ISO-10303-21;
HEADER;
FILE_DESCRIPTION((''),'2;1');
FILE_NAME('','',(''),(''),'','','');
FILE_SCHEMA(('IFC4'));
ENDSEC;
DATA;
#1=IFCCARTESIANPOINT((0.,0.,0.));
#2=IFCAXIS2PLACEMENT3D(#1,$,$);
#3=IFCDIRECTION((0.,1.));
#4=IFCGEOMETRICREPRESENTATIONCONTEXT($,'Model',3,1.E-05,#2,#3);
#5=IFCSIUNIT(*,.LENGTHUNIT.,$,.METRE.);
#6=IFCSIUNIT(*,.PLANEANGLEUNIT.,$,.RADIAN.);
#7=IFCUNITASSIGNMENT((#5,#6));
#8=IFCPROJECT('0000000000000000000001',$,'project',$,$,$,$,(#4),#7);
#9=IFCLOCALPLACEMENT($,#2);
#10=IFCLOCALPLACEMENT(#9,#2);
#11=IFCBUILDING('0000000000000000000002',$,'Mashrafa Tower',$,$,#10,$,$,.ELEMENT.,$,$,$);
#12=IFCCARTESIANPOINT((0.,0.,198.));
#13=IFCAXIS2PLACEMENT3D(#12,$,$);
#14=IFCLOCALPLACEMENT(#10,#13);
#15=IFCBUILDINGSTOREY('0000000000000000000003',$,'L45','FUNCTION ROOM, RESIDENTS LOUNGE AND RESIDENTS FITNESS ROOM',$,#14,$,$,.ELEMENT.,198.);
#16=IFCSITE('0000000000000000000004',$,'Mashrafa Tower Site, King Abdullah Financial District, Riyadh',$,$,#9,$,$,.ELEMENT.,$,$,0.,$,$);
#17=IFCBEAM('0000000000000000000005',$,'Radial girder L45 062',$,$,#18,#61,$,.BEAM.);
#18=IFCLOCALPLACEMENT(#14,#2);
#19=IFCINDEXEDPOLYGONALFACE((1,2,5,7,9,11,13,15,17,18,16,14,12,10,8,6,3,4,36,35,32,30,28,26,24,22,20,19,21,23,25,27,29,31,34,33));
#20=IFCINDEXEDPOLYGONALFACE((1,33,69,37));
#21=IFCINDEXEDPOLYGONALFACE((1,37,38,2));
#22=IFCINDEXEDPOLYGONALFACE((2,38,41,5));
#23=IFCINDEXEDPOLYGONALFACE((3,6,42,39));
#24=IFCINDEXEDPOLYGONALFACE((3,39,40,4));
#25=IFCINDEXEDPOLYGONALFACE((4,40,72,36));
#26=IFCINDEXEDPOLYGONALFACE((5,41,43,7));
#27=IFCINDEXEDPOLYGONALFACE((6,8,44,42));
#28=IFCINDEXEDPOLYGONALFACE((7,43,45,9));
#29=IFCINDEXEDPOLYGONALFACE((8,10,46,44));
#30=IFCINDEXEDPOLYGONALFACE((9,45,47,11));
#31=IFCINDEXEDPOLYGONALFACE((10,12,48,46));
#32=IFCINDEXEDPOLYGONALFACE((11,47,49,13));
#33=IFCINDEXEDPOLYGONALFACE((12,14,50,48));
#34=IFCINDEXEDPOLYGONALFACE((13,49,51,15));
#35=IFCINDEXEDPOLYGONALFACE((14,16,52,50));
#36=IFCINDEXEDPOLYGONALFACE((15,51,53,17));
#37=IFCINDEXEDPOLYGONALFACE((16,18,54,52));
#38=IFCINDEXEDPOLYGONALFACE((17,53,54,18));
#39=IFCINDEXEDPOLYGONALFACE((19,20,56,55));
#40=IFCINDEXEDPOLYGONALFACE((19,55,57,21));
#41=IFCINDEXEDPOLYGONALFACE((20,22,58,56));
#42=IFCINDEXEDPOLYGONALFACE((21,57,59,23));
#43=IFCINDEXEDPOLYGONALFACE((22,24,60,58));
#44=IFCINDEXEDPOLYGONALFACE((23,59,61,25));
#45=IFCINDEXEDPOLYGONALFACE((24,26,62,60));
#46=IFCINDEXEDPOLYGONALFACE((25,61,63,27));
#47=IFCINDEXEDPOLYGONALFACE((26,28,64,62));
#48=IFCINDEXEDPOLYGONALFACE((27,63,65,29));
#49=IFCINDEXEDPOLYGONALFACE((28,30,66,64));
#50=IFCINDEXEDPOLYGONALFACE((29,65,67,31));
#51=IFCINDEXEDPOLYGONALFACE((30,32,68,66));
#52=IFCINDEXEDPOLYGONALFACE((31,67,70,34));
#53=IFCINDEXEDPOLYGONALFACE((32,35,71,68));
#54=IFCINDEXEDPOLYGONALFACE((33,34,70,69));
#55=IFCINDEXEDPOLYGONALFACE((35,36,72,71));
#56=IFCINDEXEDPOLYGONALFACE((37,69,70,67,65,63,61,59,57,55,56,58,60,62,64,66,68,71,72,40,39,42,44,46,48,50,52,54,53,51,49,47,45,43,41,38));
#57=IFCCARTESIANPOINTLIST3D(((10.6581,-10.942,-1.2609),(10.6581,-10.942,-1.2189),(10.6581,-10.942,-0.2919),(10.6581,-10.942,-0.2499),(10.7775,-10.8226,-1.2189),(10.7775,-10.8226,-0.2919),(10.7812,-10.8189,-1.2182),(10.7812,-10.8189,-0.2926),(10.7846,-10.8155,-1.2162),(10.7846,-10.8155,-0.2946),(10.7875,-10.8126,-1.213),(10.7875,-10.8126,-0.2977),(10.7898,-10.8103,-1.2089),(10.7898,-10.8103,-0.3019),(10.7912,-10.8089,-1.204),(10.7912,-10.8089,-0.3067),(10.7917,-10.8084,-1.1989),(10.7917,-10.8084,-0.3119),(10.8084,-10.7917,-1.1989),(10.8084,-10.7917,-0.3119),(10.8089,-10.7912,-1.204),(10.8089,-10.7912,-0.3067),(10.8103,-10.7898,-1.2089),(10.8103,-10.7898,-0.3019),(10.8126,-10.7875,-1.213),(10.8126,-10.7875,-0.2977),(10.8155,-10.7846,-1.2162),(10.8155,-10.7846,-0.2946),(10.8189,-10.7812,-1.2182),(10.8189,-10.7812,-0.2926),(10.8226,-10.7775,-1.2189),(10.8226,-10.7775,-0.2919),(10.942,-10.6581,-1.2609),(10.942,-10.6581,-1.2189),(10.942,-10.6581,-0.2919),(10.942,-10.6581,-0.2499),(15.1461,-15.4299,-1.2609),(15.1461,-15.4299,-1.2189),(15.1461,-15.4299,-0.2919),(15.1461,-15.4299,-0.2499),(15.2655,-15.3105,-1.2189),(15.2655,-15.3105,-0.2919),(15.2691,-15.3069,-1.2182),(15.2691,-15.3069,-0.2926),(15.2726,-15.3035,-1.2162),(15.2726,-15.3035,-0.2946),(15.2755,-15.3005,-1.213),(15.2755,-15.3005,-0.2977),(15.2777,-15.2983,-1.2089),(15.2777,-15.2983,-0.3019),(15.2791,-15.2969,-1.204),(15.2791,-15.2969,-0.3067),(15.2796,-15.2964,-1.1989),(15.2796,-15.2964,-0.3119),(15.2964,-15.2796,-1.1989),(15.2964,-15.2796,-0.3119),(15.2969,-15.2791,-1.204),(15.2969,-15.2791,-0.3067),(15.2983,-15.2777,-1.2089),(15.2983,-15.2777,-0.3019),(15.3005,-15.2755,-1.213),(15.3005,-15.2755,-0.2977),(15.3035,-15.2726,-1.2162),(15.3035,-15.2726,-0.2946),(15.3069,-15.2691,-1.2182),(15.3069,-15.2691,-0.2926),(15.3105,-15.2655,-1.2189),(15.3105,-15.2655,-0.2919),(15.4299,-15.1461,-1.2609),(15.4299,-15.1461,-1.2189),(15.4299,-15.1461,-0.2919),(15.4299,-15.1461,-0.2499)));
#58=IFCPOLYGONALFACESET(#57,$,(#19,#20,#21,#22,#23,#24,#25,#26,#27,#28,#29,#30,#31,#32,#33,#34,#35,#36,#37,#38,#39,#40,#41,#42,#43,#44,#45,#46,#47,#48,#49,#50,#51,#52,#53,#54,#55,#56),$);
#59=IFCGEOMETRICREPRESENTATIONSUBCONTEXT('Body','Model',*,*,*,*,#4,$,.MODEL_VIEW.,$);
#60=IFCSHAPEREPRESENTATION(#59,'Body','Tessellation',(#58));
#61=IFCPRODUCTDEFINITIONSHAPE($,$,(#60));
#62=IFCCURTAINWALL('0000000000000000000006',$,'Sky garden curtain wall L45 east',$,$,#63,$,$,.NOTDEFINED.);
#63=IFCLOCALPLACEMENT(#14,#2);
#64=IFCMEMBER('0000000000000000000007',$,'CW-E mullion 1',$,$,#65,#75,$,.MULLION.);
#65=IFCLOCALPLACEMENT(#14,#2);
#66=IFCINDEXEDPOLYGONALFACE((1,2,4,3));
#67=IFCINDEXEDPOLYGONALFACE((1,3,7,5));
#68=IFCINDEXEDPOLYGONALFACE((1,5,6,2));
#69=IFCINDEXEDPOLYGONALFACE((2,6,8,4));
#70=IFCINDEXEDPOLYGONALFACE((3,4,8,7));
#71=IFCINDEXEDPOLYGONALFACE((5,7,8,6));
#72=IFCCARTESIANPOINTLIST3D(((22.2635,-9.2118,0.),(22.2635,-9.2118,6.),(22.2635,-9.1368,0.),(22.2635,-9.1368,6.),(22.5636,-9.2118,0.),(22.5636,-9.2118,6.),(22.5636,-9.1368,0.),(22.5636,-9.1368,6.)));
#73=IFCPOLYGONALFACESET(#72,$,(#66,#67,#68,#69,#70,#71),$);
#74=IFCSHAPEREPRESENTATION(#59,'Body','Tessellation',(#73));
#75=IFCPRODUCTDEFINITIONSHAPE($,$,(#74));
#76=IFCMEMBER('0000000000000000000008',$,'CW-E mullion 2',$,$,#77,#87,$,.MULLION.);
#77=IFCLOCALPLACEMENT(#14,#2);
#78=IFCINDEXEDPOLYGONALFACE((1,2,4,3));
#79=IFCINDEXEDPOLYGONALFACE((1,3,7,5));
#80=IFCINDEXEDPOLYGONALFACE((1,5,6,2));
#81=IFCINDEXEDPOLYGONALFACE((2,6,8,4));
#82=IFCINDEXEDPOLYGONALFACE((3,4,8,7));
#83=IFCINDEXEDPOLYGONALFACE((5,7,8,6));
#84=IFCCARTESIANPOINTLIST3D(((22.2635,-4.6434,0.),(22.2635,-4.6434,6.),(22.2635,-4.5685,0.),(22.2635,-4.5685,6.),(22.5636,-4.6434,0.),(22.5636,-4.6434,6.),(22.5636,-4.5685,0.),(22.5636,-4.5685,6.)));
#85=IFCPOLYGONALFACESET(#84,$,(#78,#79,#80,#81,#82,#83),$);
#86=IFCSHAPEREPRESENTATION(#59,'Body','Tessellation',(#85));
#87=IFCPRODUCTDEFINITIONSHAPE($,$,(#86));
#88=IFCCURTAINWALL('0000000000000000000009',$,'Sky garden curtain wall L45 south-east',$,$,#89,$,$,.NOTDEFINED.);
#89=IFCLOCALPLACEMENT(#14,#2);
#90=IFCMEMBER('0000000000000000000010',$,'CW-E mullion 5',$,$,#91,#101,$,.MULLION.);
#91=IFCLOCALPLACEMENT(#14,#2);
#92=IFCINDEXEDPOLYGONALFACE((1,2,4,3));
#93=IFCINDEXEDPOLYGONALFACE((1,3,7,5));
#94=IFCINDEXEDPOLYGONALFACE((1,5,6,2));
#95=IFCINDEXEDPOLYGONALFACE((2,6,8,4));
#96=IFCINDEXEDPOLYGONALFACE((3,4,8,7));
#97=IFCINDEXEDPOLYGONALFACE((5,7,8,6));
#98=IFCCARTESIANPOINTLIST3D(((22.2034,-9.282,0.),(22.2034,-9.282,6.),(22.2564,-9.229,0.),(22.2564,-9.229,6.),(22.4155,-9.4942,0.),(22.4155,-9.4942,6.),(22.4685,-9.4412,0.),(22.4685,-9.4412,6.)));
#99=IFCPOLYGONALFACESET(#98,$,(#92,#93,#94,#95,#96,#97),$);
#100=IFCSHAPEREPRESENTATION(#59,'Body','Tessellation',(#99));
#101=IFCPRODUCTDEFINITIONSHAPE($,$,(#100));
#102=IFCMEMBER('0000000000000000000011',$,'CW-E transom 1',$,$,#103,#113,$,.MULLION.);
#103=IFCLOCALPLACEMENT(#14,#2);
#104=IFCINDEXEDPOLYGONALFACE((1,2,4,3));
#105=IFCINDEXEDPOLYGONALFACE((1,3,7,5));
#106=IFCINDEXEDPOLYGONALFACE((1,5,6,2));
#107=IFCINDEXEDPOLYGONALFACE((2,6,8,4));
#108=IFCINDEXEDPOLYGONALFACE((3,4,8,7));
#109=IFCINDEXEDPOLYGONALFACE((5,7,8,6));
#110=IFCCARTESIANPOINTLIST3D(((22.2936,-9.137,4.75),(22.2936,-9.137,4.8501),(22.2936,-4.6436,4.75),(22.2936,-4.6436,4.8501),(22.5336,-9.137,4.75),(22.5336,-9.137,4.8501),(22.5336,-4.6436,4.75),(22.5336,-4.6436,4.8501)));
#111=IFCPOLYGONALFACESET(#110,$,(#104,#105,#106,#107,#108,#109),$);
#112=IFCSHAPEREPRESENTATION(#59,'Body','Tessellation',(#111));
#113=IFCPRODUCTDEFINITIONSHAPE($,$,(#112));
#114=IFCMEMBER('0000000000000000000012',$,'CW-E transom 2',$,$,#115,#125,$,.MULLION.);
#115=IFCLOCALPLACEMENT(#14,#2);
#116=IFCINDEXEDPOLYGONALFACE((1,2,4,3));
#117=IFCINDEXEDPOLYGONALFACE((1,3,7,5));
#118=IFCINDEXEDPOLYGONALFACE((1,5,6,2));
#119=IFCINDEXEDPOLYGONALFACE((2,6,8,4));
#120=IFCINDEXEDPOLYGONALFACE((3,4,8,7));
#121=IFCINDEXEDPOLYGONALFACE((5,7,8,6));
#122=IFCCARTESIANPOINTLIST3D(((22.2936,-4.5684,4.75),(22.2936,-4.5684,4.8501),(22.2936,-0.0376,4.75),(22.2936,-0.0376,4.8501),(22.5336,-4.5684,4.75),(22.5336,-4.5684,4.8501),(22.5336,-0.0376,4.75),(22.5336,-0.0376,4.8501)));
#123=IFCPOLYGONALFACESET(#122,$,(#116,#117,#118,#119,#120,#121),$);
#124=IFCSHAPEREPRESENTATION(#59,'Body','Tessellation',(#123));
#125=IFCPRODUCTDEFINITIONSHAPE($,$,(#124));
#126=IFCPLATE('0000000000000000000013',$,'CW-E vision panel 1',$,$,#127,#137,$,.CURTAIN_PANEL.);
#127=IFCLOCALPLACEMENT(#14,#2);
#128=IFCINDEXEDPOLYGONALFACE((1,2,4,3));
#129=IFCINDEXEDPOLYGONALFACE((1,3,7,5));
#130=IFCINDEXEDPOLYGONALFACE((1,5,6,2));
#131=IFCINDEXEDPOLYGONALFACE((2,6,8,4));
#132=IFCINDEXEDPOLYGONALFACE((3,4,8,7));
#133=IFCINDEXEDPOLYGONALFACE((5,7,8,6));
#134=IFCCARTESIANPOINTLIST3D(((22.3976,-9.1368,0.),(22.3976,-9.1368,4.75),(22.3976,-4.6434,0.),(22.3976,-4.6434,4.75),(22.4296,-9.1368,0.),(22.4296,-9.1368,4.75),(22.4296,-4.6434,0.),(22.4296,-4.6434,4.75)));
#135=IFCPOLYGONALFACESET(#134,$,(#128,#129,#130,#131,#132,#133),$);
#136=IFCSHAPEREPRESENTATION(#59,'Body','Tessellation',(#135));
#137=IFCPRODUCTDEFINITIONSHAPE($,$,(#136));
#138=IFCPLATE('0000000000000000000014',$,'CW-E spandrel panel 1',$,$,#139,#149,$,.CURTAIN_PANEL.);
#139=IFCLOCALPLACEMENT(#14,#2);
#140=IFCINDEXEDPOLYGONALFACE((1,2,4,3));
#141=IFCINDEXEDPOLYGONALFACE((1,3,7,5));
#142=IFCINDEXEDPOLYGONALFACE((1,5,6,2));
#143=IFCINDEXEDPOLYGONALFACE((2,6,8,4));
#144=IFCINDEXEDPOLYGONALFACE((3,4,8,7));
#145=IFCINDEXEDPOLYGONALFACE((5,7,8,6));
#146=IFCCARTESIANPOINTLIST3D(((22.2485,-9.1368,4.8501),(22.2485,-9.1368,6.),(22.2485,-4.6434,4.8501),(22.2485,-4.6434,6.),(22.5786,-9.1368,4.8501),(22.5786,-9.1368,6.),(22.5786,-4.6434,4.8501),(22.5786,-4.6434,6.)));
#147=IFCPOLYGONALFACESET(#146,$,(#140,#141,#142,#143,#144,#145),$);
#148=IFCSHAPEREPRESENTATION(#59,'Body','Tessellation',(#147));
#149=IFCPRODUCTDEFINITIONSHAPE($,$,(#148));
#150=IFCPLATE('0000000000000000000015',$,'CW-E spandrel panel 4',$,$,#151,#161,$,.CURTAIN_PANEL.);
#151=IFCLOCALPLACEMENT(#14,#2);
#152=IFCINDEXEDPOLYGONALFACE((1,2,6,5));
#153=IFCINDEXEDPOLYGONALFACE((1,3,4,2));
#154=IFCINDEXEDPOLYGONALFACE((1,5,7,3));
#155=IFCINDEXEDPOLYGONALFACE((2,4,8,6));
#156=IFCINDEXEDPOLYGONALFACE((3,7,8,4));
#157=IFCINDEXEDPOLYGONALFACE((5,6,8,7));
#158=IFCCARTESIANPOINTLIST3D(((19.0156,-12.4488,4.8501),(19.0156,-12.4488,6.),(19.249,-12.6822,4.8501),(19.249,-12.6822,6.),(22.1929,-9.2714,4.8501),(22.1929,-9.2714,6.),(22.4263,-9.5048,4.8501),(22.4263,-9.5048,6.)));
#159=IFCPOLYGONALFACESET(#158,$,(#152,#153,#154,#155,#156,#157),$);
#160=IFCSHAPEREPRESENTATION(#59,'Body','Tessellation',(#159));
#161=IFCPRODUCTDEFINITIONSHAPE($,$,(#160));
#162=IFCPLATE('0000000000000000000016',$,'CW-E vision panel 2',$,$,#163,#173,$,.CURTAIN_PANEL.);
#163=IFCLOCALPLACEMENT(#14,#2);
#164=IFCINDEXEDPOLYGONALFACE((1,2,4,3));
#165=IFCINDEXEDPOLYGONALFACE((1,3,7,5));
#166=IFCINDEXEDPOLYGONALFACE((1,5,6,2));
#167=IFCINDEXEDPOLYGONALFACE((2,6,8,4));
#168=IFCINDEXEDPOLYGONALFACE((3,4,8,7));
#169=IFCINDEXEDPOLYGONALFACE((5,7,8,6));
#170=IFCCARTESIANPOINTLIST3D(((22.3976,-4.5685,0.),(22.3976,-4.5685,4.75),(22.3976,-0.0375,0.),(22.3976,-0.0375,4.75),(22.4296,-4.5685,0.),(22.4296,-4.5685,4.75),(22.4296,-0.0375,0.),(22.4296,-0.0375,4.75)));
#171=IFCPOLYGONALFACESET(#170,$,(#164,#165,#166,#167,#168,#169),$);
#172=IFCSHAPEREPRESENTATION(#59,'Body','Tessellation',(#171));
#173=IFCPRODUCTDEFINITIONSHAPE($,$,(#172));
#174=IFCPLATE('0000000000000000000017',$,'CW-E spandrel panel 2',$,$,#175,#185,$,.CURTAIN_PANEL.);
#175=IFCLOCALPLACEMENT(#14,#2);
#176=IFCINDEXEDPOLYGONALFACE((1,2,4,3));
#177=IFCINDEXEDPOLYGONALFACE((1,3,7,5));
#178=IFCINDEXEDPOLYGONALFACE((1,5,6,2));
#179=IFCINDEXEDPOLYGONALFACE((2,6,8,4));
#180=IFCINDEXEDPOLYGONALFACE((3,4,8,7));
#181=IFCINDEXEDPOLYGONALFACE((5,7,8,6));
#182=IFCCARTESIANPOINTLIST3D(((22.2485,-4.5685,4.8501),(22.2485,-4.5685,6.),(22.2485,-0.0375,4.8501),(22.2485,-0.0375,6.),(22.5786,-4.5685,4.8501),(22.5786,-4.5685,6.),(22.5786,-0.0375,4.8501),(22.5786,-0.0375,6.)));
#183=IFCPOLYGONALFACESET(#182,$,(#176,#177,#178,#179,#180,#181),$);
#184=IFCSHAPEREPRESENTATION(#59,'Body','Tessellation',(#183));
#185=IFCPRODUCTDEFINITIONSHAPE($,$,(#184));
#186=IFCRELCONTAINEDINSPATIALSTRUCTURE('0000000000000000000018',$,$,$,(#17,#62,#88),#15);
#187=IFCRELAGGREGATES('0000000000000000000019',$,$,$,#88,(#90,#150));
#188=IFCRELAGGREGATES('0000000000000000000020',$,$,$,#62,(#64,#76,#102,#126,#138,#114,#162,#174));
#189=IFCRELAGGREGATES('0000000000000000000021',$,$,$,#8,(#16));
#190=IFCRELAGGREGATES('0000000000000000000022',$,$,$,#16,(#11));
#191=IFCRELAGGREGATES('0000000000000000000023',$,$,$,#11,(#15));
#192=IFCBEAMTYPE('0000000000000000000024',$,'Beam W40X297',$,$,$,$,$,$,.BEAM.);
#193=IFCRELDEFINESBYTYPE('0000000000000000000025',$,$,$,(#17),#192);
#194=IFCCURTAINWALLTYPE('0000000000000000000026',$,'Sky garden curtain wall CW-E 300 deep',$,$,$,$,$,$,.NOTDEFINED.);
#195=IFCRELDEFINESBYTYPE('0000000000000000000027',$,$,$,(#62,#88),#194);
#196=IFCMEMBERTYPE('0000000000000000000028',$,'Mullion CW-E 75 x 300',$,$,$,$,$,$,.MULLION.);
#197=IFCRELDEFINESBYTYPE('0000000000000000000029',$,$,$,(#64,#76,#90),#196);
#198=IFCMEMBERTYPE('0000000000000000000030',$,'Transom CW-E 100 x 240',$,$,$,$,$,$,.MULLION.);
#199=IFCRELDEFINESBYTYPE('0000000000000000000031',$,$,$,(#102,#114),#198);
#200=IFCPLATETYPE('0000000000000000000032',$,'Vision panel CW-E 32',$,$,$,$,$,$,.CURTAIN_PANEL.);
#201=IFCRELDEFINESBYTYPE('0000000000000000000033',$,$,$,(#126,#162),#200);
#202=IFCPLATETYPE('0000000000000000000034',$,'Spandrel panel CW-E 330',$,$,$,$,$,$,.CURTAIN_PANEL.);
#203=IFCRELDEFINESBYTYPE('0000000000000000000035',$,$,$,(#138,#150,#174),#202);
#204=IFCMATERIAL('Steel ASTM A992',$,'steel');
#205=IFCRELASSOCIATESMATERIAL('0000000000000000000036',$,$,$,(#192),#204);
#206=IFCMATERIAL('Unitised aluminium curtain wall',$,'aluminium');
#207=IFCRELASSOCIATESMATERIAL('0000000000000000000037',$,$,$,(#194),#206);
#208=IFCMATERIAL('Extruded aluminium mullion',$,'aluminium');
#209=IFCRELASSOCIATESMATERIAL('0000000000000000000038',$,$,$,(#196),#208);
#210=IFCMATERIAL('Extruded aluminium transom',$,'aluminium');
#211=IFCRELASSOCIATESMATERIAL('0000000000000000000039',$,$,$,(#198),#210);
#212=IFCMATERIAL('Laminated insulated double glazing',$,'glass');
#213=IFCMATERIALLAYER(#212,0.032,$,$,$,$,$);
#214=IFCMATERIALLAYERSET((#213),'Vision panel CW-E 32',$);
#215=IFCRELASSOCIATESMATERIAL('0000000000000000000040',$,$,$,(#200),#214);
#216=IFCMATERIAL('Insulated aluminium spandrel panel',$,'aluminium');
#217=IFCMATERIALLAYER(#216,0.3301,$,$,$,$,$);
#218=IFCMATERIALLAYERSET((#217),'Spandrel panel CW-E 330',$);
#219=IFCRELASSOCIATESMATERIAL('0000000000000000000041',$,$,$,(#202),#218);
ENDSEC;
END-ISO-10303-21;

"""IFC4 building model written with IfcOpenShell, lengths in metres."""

from ifc_helpers import new_model, si_unit, direction, frame, origin, origin_2d, place, context, subcontext, project, spatial, rectangle, i_section, extrude, source, transform, mapped, material, layer, layer_set, material_profile, profile_set, type_object, type_shapes, element, aggregate, save


model = new_model("IFC4")

# Units and contexts
model_context = context("Model", 3, precision=1e-05, world=origin(), true_north=direction((0.0, 1.0)))
body_context = subcontext(model_context, "Body", "Model", "MODEL_VIEW")
ifc_project = project(units=[si_unit("LENGTHUNIT", "METRE"), si_unit("PLANEANGLEUNIT", "RADIAN")], contexts=[model_context])

# Site, building, storey
site_placement = place(None, origin())
site = spatial("IfcSite", under=ifc_project, at=site_placement, Name="Mashrafa Tower Site, King Abdullah Financial District, Riyadh", CompositionType="ELEMENT", RefElevation=0.0)
building_placement = place(site_placement, origin())
building = spatial("IfcBuilding", under=site, at=building_placement, Name="Mashrafa Tower", CompositionType="ELEMENT")
storey_placement = place(building_placement, frame((0.0, 0.0, 198.0)))
storey = spatial("IfcBuildingStorey", under=building, at=storey_placement, Name="L45", Description="FUNCTION ROOM, RESIDENTS LOUNGE AND RESIDENTS FITNESS ROOM", CompositionType="ELEMENT", Elevation=198.0)

# Beam
ifc_material_1 = material(Name="Steel ASTM A992", Category="steel")
ifc_material_profile_1 = material_profile(ifc_material_1, i_section(OverallWidth=0.4014, OverallDepth=1.011, WebThickness=0.0237, FlangeThickness=0.042, FilletRadius=0.02, at=origin_2d()), Name="W40X297")
ifc_profile_set_1 = profile_set([ifc_material_profile_1], Name="Steel ASTM A992")
beam_type_1 = type_object("IfcBeamType", Name="Beam W40X297", PredefinedType="BEAM", material=ifc_profile_set_1)
beam_1_placement = place(storey_placement, frame((10.8, -10.8, -0.7554), z_axis=(0.707107, -0.707107, 0.0), x_axis=(0.707107, 0.707107, 0.0)))
element("IfcBeam", 1, at=beam_1_placement, inside=storey, type_object=beam_type_1, Name="Radial girder L45 062", PredefinedType="BEAM", context=body_context, shape_type="SweptSolid", body=[
    extrude(i_section(OverallWidth=0.4014, OverallDepth=1.011, WebThickness=0.0237, FlangeThickness=0.042, FilletRadius=0.02, at=origin_2d()), origin(), (0.0, 0.0, 1.0), 6.3469),
])

# Curtain wall, members
ifc_material_2 = material(Name="Unitised aluminium curtain wall", Category="aluminium")
curtain_wall_type = type_object("IfcCurtainWallType", Name="Sky garden curtain wall CW-E 300 deep", PredefinedType="NOTDEFINED", material=ifc_material_2)
curtain_wall_1_placement = place(storey_placement, origin())
curtain_wall_1 = element("IfcCurtainWall", 2, at=curtain_wall_1_placement, inside=storey, type_object=curtain_wall_type, Name="Sky garden curtain wall L45 east", PredefinedType="NOTDEFINED")
ifc_material_3 = material(Name="Extruded aluminium mullion", Category="aluminium")
ifc_material_profile_2 = material_profile(ifc_material_3, rectangle(XDim=0.3, YDim=0.075, at=origin_2d()), Name="Mullion 75x300")
ifc_profile_set_2 = profile_set([ifc_material_profile_2], Name="Extruded aluminium mullion")
member_type_1 = type_object("IfcMemberType", Name="Mullion CW-E 75 x 300", PredefinedType="MULLION", material=ifc_profile_set_2)
shared_shape_1 = source(origin(), body_context, "Body", "SweptSolid", [
    extrude(rectangle(XDim=0.3, YDim=0.075, at=origin_2d()), origin(), (0.0, 0.0, 1.0), 6.0),
])
type_shapes(member_type_1, [shared_shape_1])
member_1_placement = place(storey_placement, frame((22.4136, -9.1743, 0.0), z_axis=(0.0, 0.0, 1.0), x_axis=(-1.0, 0.0, 0.0)))
member_1 = element("IfcMember", 3, at=member_1_placement, type_object=member_type_1, Name="CW-E mullion 1", PredefinedType="MULLION", context=body_context, shape_type="MappedRepresentation", body=[
    mapped(shared_shape_1, transform((0.0, 0.0, 0.0))),
])
member_2_placement = place(storey_placement, frame((22.4136, -4.606, 0.0), z_axis=(0.0, 0.0, 1.0), x_axis=(-1.0, 0.0, 0.0)))
member_2 = element("IfcMember", 4, at=member_2_placement, type_object=member_type_1, Name="CW-E mullion 2", PredefinedType="MULLION", context=body_context, shape_type="MappedRepresentation", body=[
    mapped(shared_shape_1, transform((0.0, 0.0, 0.0))),
])

# Curtain wall, member
curtain_wall_2_placement = place(storey_placement, origin())
curtain_wall_2 = element("IfcCurtainWall", 5, at=curtain_wall_2_placement, inside=storey, type_object=curtain_wall_type, Name="Sky garden curtain wall L45 south-east", PredefinedType="NOTDEFINED")
member_3_placement = place(storey_placement, frame((22.3359, -9.3616, 0.0), z_axis=(0.0, 0.0, 1.0), x_axis=(-0.707107, 0.707107, 0.0)))
member_3 = element("IfcMember", 6, at=member_3_placement, type_object=member_type_1, Name="CW-E mullion 5", PredefinedType="MULLION", context=body_context, shape_type="MappedRepresentation", body=[
    mapped(shared_shape_1, transform((0.0, 0.0, 0.0))),
])

# Members
ifc_material_4 = material(Name="Extruded aluminium transom", Category="aluminium")
ifc_material_profile_3 = material_profile(ifc_material_4, rectangle(XDim=0.24, YDim=0.1001, at=origin_2d()), Name="Transom 100x240")
ifc_profile_set_3 = profile_set([ifc_material_profile_3], Name="Extruded aluminium transom")
member_type_2 = type_object("IfcMemberType", Name="Transom CW-E 100 x 240", PredefinedType="MULLION", material=ifc_profile_set_3)
shared_shape_2 = source(origin(), body_context, "Body", "SweptSolid", [
    extrude(rectangle(XDim=0.24, YDim=0.1001, at=origin_2d()), origin(), (0.0, 0.0, 1.0), 4.4934),
])
member_4_placement = place(storey_placement, frame((22.4136, -9.137, 4.8), z_axis=(0.0, 1.0, 0.0), x_axis=(-1.0, 0.0, 0.0)))
member_4 = element("IfcMember", 7, at=member_4_placement, type_object=member_type_2, Name="CW-E transom 1", PredefinedType="MULLION", context=body_context, shape_type="MappedRepresentation", body=[
    mapped(shared_shape_2, transform((0.0, 0.0, 0.0))),
])
shared_shape_3 = source(origin(), body_context, "Body", "SweptSolid", [
    extrude(rectangle(XDim=0.24, YDim=0.1001, at=origin_2d()), origin(), (0.0, 0.0, 1.0), 4.5308),
])
type_shapes(member_type_2, [shared_shape_2, shared_shape_3])
member_5_placement = place(storey_placement, frame((22.4136, -4.5684, 4.8), z_axis=(0.0, 1.0, 0.0), x_axis=(-1.0, 0.0, 0.0)))
member_5 = element("IfcMember", 8, at=member_5_placement, type_object=member_type_2, Name="CW-E transom 2", PredefinedType="MULLION", context=body_context, shape_type="MappedRepresentation", body=[
    mapped(shared_shape_3, transform((0.0, 0.0, 0.0))),
])

# Plates
ifc_material_5 = material(Name="Laminated insulated double glazing", Category="glass")
ifc_layer_1 = layer(ifc_material_5, 0.032)
ifc_layer_set_1 = layer_set([ifc_layer_1], Name="Vision panel CW-E 32")
plate_type_1 = type_object("IfcPlateType", Name="Vision panel CW-E 32", PredefinedType="CURTAIN_PANEL", material=ifc_layer_set_1)
shared_shape_4 = source(origin(), body_context, "Body", "SweptSolid", [
    extrude(rectangle(XDim=4.4934, YDim=0.032, at=origin_2d()), origin(), (0.0, 0.0, 1.0), 4.75),
])
plate_1_placement = place(storey_placement, frame((22.4136, -6.8901, 0.0), z_axis=(0.0, 0.0, 1.0), x_axis=(0.0, 1.0, 0.0)))
plate_1 = element("IfcPlate", 9, at=plate_1_placement, type_object=plate_type_1, Name="CW-E vision panel 1", PredefinedType="CURTAIN_PANEL", context=body_context, shape_type="MappedRepresentation", body=[
    mapped(shared_shape_4, transform((0.0, 0.0, 0.0))),
])
ifc_material_6 = material(Name="Insulated aluminium spandrel panel", Category="aluminium")
ifc_layer_2 = layer(ifc_material_6, 0.3301)
ifc_layer_set_2 = layer_set([ifc_layer_2], Name="Spandrel panel CW-E 330")
plate_type_2 = type_object("IfcPlateType", Name="Spandrel panel CW-E 330", PredefinedType="CURTAIN_PANEL", material=ifc_layer_set_2)
shared_shape_5 = source(origin(), body_context, "Body", "SweptSolid", [
    extrude(rectangle(XDim=4.4934, YDim=0.3301, at=origin_2d()), origin(), (0.0, 0.0, 1.0), 1.1499),
])
plate_2_placement = place(storey_placement, frame((22.4136, -6.8901, 4.8501), z_axis=(0.0, 0.0, 1.0), x_axis=(0.0, 1.0, 0.0)))
plate_2 = element("IfcPlate", 10, at=plate_2_placement, type_object=plate_type_2, Name="CW-E spandrel panel 1", PredefinedType="CURTAIN_PANEL", context=body_context, shape_type="MappedRepresentation", body=[
    mapped(shared_shape_5, transform((0.0, 0.0, 0.0))),
])
plate_3_placement = place(storey_placement, frame((20.7209, -10.9768, 4.8501), z_axis=(0.0, 0.0, 1.0), x_axis=(0.707107, 0.707107, 0.0)))
plate_3 = element("IfcPlate", 11, at=plate_3_placement, type_object=plate_type_2, Name="CW-E spandrel panel 4", PredefinedType="CURTAIN_PANEL", context=body_context, shape_type="MappedRepresentation", body=[
    mapped(shared_shape_5, transform((0.0, 0.0, 0.0))),
])
aggregate(curtain_wall_2, [member_3, plate_3])
shared_shape_6 = source(origin(), body_context, "Body", "SweptSolid", [
    extrude(rectangle(XDim=4.531, YDim=0.032, at=origin_2d()), origin(), (0.0, 0.0, 1.0), 4.75),
])
type_shapes(plate_type_1, [shared_shape_4, shared_shape_6])
plate_4_placement = place(storey_placement, frame((22.4136, -2.303, 0.0), z_axis=(0.0, 0.0, 1.0), x_axis=(0.0, 1.0, 0.0)))
plate_4 = element("IfcPlate", 12, at=plate_4_placement, type_object=plate_type_1, Name="CW-E vision panel 2", PredefinedType="CURTAIN_PANEL", context=body_context, shape_type="MappedRepresentation", body=[
    mapped(shared_shape_6, transform((0.0, 0.0, 0.0))),
])
shared_shape_7 = source(origin(), body_context, "Body", "SweptSolid", [
    extrude(rectangle(XDim=4.531, YDim=0.3301, at=origin_2d()), origin(), (0.0, 0.0, 1.0), 1.1499),
])
type_shapes(plate_type_2, [shared_shape_5, shared_shape_7])
plate_5_placement = place(storey_placement, frame((22.4136, -2.303, 4.8501), z_axis=(0.0, 0.0, 1.0), x_axis=(0.0, 1.0, 0.0)))
plate_5 = element("IfcPlate", 13, at=plate_5_placement, type_object=plate_type_2, Name="CW-E spandrel panel 2", PredefinedType="CURTAIN_PANEL", context=body_context, shape_type="MappedRepresentation", body=[
    mapped(shared_shape_7, transform((0.0, 0.0, 0.0))),
])
aggregate(curtain_wall_1, [member_1, member_2, member_4, plate_1, plate_2, member_5, plate_4, plate_5])

save(model, "model.ifc")
